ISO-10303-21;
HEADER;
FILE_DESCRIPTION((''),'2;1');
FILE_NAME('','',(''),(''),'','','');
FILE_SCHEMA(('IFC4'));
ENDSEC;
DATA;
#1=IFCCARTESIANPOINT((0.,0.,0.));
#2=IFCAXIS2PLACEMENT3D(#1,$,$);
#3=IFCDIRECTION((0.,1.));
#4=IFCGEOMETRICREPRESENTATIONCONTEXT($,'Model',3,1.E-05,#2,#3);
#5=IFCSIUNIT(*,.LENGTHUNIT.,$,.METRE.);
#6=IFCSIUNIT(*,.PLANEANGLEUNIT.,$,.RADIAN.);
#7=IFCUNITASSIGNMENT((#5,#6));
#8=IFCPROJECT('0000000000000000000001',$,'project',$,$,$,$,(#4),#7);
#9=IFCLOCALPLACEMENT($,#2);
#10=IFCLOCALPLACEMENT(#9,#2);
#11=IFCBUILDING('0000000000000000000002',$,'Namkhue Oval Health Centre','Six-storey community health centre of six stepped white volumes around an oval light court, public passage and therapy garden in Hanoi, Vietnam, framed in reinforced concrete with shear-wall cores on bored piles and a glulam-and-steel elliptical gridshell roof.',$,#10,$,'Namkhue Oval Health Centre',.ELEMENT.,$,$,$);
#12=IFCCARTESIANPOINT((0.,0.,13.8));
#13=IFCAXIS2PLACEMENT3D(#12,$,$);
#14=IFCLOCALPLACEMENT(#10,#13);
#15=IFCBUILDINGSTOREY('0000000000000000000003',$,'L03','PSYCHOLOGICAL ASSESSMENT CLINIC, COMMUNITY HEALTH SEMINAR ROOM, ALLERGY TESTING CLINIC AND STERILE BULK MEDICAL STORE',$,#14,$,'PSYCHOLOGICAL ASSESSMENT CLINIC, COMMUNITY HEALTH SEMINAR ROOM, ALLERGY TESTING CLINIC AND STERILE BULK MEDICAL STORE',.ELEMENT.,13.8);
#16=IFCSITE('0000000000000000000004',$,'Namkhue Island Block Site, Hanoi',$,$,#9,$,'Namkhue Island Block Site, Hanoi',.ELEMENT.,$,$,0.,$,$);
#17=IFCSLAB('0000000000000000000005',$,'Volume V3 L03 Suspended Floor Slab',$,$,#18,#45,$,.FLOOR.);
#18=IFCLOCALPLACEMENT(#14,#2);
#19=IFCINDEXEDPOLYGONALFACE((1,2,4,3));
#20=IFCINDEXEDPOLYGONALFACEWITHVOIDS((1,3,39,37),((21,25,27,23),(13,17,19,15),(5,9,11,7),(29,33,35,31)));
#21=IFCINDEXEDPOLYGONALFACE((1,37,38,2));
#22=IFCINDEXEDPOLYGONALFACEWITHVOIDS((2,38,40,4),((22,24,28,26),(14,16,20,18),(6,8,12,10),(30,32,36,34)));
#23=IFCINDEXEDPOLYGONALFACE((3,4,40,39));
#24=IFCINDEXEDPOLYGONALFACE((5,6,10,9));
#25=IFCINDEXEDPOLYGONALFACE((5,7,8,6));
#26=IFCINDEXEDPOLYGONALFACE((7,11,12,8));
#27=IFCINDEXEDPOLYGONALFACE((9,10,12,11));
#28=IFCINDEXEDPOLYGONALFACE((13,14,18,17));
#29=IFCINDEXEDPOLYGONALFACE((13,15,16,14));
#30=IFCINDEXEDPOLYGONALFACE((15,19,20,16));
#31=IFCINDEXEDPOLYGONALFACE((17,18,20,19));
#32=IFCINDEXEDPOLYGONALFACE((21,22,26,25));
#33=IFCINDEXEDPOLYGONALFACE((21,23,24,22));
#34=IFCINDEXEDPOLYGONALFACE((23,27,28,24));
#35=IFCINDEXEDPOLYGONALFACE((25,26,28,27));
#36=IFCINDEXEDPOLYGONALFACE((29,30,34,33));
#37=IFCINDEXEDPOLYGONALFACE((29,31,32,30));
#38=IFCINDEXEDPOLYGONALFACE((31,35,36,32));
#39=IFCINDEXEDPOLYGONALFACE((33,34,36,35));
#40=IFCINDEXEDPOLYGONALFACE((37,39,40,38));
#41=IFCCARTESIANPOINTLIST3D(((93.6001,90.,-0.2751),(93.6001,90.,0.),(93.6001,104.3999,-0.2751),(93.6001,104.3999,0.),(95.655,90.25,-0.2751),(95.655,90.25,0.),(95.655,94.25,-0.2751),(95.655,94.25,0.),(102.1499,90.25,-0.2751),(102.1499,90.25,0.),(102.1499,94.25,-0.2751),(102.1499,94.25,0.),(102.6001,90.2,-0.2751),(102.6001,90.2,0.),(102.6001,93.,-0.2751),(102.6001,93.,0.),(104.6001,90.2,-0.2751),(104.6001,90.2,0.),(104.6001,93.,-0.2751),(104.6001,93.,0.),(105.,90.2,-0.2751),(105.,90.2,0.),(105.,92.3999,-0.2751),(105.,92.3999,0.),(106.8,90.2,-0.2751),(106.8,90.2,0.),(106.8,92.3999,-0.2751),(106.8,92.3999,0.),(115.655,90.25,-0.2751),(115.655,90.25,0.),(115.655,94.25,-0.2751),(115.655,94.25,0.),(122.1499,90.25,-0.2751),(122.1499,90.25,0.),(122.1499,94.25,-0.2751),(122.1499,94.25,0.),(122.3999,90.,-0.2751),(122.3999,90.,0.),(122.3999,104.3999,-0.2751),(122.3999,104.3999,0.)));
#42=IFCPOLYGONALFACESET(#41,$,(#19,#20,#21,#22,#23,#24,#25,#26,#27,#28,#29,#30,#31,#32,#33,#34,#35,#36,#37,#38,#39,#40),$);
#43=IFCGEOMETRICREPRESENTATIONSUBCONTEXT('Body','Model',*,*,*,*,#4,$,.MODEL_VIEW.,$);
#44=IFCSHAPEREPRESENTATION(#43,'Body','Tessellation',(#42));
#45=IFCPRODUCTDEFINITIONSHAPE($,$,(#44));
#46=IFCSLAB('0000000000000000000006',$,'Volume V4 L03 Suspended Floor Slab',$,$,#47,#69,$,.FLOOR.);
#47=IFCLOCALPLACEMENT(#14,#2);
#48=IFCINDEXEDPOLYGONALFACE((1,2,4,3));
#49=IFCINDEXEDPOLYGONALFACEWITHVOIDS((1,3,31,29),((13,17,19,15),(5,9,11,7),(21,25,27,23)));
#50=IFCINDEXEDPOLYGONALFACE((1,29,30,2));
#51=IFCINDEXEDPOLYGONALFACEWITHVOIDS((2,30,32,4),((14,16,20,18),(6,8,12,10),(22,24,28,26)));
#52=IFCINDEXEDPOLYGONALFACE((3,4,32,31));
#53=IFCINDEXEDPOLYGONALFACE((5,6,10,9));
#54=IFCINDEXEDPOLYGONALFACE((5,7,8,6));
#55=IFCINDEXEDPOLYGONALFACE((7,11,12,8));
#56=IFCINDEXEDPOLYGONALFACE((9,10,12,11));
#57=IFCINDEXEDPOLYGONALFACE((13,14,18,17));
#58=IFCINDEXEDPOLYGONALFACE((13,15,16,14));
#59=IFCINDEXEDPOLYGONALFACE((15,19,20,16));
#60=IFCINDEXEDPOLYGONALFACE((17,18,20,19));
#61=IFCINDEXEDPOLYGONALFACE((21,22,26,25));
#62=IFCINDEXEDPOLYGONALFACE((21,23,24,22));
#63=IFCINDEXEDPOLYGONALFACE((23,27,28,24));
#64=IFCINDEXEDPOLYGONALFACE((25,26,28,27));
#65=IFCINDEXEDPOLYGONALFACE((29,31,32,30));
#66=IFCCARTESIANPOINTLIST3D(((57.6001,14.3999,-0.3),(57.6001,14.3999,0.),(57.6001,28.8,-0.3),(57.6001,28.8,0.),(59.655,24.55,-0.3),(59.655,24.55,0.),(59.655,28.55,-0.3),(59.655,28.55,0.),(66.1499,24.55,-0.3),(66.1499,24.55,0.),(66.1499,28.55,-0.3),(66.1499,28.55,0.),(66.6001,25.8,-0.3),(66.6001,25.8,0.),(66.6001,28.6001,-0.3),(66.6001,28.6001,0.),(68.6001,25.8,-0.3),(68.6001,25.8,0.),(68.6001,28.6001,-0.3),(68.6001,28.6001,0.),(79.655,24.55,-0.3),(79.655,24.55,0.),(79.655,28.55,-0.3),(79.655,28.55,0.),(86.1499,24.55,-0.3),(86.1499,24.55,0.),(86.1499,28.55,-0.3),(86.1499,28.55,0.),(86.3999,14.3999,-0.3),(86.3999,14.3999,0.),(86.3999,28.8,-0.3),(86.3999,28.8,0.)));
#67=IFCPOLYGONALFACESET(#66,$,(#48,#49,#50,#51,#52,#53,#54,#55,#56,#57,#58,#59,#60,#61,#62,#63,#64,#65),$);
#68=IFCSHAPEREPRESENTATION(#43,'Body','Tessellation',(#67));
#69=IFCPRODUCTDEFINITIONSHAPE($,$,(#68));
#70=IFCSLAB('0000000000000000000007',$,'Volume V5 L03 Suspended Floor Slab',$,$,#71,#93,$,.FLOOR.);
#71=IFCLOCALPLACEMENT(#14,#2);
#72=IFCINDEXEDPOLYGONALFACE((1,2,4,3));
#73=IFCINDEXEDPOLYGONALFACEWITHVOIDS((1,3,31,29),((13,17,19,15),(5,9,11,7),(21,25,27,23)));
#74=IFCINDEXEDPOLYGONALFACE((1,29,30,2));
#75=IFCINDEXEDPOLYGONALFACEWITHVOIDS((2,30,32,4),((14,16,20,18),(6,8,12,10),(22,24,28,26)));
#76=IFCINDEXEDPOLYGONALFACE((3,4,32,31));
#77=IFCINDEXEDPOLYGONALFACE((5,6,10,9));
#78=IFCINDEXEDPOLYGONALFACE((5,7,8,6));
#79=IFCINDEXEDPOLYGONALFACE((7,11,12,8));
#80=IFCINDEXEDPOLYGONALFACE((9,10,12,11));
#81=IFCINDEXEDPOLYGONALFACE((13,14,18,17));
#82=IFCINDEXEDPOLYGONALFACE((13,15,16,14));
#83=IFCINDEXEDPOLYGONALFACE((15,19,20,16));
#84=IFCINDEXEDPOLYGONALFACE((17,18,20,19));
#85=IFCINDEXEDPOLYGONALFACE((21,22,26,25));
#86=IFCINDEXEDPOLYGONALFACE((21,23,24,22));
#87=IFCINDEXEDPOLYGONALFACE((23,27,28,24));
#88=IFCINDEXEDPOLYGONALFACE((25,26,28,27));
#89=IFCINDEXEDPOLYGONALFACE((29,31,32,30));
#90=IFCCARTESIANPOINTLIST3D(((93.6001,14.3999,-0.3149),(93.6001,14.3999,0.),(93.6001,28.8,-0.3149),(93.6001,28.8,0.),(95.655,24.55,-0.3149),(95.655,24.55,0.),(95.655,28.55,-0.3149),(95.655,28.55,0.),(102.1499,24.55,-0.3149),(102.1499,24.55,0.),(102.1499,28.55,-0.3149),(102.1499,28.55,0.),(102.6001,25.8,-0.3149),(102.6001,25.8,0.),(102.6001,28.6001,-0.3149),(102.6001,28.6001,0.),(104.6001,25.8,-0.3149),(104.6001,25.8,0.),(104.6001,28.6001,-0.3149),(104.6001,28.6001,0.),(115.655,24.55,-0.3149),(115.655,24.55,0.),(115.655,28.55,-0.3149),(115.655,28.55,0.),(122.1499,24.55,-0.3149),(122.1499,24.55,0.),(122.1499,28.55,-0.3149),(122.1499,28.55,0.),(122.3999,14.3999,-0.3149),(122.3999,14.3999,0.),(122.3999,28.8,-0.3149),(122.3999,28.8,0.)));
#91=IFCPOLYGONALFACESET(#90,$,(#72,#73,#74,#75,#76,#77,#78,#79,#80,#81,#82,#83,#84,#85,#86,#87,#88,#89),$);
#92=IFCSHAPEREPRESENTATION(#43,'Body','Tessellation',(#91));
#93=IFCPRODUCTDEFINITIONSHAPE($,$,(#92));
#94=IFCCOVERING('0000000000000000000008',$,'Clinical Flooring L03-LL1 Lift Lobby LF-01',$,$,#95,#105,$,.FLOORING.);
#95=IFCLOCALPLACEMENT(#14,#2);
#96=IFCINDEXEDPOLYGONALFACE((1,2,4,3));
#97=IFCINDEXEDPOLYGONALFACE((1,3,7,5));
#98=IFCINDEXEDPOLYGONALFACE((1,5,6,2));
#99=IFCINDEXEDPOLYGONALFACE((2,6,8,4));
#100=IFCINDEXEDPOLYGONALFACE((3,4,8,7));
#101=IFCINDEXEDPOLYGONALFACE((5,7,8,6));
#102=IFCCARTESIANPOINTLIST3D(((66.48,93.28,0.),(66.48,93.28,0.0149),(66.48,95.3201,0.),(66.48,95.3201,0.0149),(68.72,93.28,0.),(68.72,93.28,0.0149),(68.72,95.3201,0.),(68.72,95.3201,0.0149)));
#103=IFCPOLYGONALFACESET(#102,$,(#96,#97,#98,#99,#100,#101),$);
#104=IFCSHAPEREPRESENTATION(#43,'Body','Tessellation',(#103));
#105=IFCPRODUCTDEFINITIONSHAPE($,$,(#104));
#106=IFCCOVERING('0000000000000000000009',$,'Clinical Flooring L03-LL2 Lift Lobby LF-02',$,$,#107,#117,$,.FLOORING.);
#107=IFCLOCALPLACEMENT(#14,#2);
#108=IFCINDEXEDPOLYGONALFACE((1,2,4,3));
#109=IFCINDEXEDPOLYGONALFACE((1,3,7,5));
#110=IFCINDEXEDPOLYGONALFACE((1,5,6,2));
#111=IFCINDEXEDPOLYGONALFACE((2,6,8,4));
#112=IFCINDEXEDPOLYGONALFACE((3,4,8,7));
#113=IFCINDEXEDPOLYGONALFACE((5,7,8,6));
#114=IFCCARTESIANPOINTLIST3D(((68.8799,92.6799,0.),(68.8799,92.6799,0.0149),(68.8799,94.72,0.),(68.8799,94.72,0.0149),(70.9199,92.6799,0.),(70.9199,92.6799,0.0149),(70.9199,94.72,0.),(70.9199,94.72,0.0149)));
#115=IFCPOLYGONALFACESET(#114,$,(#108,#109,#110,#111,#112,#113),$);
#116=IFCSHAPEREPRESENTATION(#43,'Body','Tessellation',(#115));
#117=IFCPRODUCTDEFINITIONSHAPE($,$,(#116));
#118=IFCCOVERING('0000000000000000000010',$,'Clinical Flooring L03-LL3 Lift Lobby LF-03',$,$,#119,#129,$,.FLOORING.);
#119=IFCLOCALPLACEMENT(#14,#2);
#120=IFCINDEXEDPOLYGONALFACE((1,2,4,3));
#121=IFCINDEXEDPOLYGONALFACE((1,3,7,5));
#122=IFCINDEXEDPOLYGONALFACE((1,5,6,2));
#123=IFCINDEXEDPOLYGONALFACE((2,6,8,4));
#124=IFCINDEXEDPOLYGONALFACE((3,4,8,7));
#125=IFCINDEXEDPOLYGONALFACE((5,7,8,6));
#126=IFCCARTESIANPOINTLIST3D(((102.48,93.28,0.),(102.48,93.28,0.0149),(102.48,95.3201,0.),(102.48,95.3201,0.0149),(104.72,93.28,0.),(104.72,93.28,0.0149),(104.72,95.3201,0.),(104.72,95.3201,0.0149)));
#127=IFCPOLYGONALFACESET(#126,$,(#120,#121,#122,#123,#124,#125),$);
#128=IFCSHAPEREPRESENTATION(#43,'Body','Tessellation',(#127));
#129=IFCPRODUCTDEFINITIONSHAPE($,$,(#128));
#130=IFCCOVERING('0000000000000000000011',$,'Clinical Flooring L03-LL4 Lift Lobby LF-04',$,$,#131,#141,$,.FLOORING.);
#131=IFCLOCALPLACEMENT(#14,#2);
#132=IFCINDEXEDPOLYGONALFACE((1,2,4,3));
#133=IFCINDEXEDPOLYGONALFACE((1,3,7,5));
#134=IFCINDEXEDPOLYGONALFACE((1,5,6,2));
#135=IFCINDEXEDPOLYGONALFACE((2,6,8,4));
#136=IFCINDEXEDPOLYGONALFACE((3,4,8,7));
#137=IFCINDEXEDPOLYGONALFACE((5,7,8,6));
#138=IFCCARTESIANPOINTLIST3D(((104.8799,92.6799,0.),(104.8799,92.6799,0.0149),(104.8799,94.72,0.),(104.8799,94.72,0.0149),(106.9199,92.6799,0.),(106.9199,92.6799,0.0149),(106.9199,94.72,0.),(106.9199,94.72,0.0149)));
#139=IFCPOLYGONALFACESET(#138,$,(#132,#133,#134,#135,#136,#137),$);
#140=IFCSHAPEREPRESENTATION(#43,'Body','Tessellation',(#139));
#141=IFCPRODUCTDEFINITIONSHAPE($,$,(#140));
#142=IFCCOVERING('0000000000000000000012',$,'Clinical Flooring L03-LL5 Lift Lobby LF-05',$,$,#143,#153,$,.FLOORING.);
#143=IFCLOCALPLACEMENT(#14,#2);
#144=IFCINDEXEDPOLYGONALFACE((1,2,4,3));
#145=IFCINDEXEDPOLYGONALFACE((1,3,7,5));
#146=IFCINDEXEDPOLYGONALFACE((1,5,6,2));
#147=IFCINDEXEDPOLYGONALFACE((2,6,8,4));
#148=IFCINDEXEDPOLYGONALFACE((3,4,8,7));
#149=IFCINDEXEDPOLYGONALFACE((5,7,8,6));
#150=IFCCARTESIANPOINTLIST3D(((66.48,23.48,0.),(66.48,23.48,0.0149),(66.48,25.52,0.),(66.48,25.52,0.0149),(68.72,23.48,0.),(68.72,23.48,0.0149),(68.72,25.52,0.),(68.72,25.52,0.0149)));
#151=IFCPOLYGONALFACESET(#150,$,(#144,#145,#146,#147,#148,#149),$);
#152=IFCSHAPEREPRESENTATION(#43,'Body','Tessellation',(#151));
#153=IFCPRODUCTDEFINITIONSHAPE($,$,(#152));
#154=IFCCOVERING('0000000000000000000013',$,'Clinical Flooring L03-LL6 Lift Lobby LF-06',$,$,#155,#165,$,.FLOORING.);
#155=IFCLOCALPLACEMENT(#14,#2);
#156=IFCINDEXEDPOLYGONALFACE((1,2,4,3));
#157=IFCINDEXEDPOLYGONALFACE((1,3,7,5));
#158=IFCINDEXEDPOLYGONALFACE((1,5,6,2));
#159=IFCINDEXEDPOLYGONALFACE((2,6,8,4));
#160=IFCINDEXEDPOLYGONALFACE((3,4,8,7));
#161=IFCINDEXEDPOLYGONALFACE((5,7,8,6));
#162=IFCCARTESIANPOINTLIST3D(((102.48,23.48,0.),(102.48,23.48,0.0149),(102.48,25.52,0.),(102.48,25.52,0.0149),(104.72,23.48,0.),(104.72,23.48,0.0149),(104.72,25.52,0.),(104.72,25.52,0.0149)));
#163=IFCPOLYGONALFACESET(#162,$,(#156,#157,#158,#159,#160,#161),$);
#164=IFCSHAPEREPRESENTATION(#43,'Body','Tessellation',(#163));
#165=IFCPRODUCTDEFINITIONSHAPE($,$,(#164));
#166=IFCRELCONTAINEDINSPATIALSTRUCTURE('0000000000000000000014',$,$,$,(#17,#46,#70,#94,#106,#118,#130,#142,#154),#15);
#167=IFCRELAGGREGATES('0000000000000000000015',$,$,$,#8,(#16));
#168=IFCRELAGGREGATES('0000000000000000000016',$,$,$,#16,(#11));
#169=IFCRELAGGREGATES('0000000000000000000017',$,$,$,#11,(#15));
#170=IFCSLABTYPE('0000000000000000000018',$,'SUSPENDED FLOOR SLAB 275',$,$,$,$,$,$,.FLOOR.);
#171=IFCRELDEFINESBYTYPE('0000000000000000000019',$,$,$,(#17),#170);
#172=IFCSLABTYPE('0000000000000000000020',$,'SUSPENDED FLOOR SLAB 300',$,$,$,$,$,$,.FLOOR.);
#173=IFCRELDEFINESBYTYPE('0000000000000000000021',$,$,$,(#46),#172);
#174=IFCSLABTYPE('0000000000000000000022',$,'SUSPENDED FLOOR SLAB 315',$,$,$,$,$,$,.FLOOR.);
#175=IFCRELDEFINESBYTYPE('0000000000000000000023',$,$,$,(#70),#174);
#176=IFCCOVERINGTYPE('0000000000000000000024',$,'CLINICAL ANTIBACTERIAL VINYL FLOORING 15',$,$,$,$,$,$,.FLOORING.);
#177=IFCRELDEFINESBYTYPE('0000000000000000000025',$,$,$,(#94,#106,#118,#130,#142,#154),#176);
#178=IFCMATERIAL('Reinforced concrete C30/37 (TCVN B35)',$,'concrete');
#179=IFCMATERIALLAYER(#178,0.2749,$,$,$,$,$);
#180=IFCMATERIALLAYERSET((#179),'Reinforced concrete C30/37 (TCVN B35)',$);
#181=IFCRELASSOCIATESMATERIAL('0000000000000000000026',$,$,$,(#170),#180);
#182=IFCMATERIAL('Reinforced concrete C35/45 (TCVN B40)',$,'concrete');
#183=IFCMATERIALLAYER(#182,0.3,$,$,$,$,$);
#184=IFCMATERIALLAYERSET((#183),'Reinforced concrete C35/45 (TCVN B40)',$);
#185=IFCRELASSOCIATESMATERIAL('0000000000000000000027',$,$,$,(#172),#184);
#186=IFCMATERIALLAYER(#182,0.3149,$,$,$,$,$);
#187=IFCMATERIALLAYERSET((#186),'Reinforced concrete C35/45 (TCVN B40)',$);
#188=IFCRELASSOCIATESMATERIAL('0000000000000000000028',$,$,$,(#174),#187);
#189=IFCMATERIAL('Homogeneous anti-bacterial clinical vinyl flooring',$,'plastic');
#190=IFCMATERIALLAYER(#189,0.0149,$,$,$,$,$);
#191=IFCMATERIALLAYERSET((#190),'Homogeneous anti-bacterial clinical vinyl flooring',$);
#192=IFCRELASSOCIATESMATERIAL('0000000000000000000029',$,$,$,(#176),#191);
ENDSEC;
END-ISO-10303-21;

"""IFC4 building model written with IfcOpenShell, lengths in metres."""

from ifc_helpers import new_model, si_unit, direction, frame, origin, place, context, subcontext, project, spatial, polyline, outline, extrude, material, layer, layer_set, type_object, element, save


model = new_model("IFC4")

# Units and contexts
model_context = context("Model", 3, precision=1e-05, world=origin(), true_north=direction((0.0, 1.0)))
body_context = subcontext(model_context, "Body", "Model", "MODEL_VIEW")
ifc_project = project(units=[si_unit("LENGTHUNIT", "METRE"), si_unit("PLANEANGLEUNIT", "RADIAN")], contexts=[model_context])

# Site, building, storey
site_placement = place(None, origin())
site = spatial("IfcSite", under=ifc_project, at=site_placement, Name="Namkhue Island Block Site, Hanoi", LongName="Namkhue Island Block Site, Hanoi", CompositionType="ELEMENT", RefElevation=0.0)
building_placement = place(site_placement, origin())
building = spatial("IfcBuilding", under=site, at=building_placement, Name="Namkhue Oval Health Centre", Description="Six-storey community health centre of six stepped white volumes around an oval light court, public passage and therapy garden in Hanoi, Vietnam, framed in reinforced concrete with shear-wall cores on bored piles and a glulam-and-steel elliptical gridshell roof.", LongName="Namkhue Oval Health Centre", CompositionType="ELEMENT")
storey_placement = place(building_placement, frame((0.0, 0.0, 13.8)))
storey = spatial("IfcBuildingStorey", under=building, at=storey_placement, Name="L03", Description="PSYCHOLOGICAL ASSESSMENT CLINIC, COMMUNITY HEALTH SEMINAR ROOM, ALLERGY TESTING CLINIC AND STERILE BULK MEDICAL STORE", LongName="PSYCHOLOGICAL ASSESSMENT CLINIC, COMMUNITY HEALTH SEMINAR ROOM, ALLERGY TESTING CLINIC AND STERILE BULK MEDICAL STORE", CompositionType="ELEMENT", Elevation=13.8)

# Shared definitions
ifc_material_1 = material(Name="Reinforced concrete C30/37 (TCVN B35)", Category="concrete")

# Slabs
ifc_layer_1 = layer(ifc_material_1, 0.2749)
ifc_layer_set_1 = layer_set([ifc_layer_1], Name="Reinforced concrete C30/37 (TCVN B35)")
slab_type_1 = type_object("IfcSlabType", Name="SUSPENDED FLOOR SLAB 275", PredefinedType="FLOOR", material=ifc_layer_set_1)
slab_1_placement = place(storey_placement, frame((0.0, 0.0, -0.2751)))
element("IfcSlab", 1, at=slab_1_placement, inside=storey, type_object=slab_type_1, Name="Volume V3 L03 Suspended Floor Slab", PredefinedType="FLOOR", context=body_context, shape_type="SweptSolid", body=[
    extrude(outline(polyline([(93.6001, 90.0), (122.3999, 90.0), (122.3999, 104.3999), (93.6001, 104.3999), (93.6001, 90.0)]), holes=[polyline([(95.655, 90.25), (102.1499, 90.25), (102.1499, 94.25), (95.655, 94.25), (95.655, 90.25)]), polyline([(115.655, 90.25), (122.1499, 90.25), (122.1499, 94.25), (115.655, 94.25), (115.655, 90.25)]), polyline([(102.6001, 90.2), (104.6001, 90.2), (104.6001, 93.0), (102.6001, 93.0), (102.6001, 90.2)]), polyline([(105.0, 90.2), (106.8, 90.2), (106.8, 92.3999), (105.0, 92.3999), (105.0, 90.2)])]), origin(), (0.0, 0.0, 1.0), 0.2751),
])
ifc_material_2 = material(Name="Reinforced concrete C35/45 (TCVN B40)", Category="concrete")
ifc_layer_2 = layer(ifc_material_2, 0.3)
ifc_layer_set_2 = layer_set([ifc_layer_2], Name="Reinforced concrete C35/45 (TCVN B40)")
slab_type_2 = type_object("IfcSlabType", Name="SUSPENDED FLOOR SLAB 300", PredefinedType="FLOOR", material=ifc_layer_set_2)
slab_2_placement = place(storey_placement, frame((0.0, 0.0, -0.3)))
element("IfcSlab", 2, at=slab_2_placement, inside=storey, type_object=slab_type_2, Name="Volume V4 L03 Suspended Floor Slab", PredefinedType="FLOOR", context=body_context, shape_type="SweptSolid", body=[
    extrude(outline(polyline([(57.6001, 14.3999), (86.3999, 14.3999), (86.3999, 28.8), (57.6001, 28.8), (57.6001, 14.3999)]), holes=[polyline([(59.655, 24.55), (66.1499, 24.55), (66.1499, 28.55), (59.655, 28.55), (59.655, 24.55)]), polyline([(79.655, 24.55), (86.1499, 24.55), (86.1499, 28.55), (79.655, 28.55), (79.655, 24.55)]), polyline([(66.6001, 25.8), (68.6001, 25.8), (68.6001, 28.6001), (66.6001, 28.6001), (66.6001, 25.8)])]), origin(), (0.0, 0.0, 1.0), 0.3),
])
ifc_layer_3 = layer(ifc_material_2, 0.3149)
ifc_layer_set_3 = layer_set([ifc_layer_3], Name="Reinforced concrete C35/45 (TCVN B40)")
slab_type_3 = type_object("IfcSlabType", Name="SUSPENDED FLOOR SLAB 315", PredefinedType="FLOOR", material=ifc_layer_set_3)
slab_3_placement = place(storey_placement, frame((0.0, 0.0, -0.3149)))
element("IfcSlab", 3, at=slab_3_placement, inside=storey, type_object=slab_type_3, Name="Volume V5 L03 Suspended Floor Slab", PredefinedType="FLOOR", context=body_context, shape_type="SweptSolid", body=[
    extrude(outline(polyline([(93.6001, 14.3999), (122.3999, 14.3999), (122.3999, 28.8), (93.6001, 28.8), (93.6001, 14.3999)]), holes=[polyline([(95.655, 24.55), (102.1499, 24.55), (102.1499, 28.55), (95.655, 28.55), (95.655, 24.55)]), polyline([(115.655, 24.55), (122.1499, 24.55), (122.1499, 28.55), (115.655, 28.55), (115.655, 24.55)]), polyline([(102.6001, 25.8), (104.6001, 25.8), (104.6001, 28.6001), (102.6001, 28.6001), (102.6001, 25.8)])]), origin(), (0.0, 0.0, 1.0), 0.3149),
])

# Coverings
ifc_material_3 = material(Name="Homogeneous anti-bacterial clinical vinyl flooring", Category="plastic")
ifc_layer_4 = layer(ifc_material_3, 0.0149)
ifc_layer_set_4 = layer_set([ifc_layer_4], Name="Homogeneous anti-bacterial clinical vinyl flooring")
covering_type = type_object("IfcCoveringType", Name="CLINICAL ANTIBACTERIAL VINYL FLOORING 15", PredefinedType="FLOORING", material=ifc_layer_set_4)
covering_1_placement = place(storey_placement, origin())
element("IfcCovering", 4, at=covering_1_placement, inside=storey, type_object=covering_type, Name="Clinical Flooring L03-LL1 Lift Lobby LF-01", PredefinedType="FLOORING", context=body_context, shape_type="SweptSolid", body=[
    extrude(outline(polyline([(66.48, 93.28), (66.48, 95.3201), (68.72, 95.3201), (68.72, 93.28), (66.48, 93.28)])), origin(), (0.0, 0.0, 1.0), 0.0149),
])
covering_2_placement = place(storey_placement, origin())
element("IfcCovering", 5, at=covering_2_placement, inside=storey, type_object=covering_type, Name="Clinical Flooring L03-LL2 Lift Lobby LF-02", PredefinedType="FLOORING", context=body_context, shape_type="SweptSolid", body=[
    extrude(outline(polyline([(68.8799, 92.6799), (68.8799, 94.72), (70.9199, 94.72), (70.9199, 92.6799), (68.8799, 92.6799)])), origin(), (0.0, 0.0, 1.0), 0.0149),
])
covering_3_placement = place(storey_placement, origin())
element("IfcCovering", 6, at=covering_3_placement, inside=storey, type_object=covering_type, Name="Clinical Flooring L03-LL3 Lift Lobby LF-03", PredefinedType="FLOORING", context=body_context, shape_type="SweptSolid", body=[
    extrude(outline(polyline([(102.48, 93.28), (102.48, 95.3201), (104.72, 95.3201), (104.72, 93.28), (102.48, 93.28)])), origin(), (0.0, 0.0, 1.0), 0.0149),
])
covering_4_placement = place(storey_placement, origin())
element("IfcCovering", 7, at=covering_4_placement, inside=storey, type_object=covering_type, Name="Clinical Flooring L03-LL4 Lift Lobby LF-04", PredefinedType="FLOORING", context=body_context, shape_type="SweptSolid", body=[
    extrude(outline(polyline([(104.8799, 92.6799), (104.8799, 94.72), (106.9199, 94.72), (106.9199, 92.6799), (104.8799, 92.6799)])), origin(), (0.0, 0.0, 1.0), 0.0149),
])
covering_5_placement = place(storey_placement, origin())
element("IfcCovering", 8, at=covering_5_placement, inside=storey, type_object=covering_type, Name="Clinical Flooring L03-LL5 Lift Lobby LF-05", PredefinedType="FLOORING", context=body_context, shape_type="SweptSolid", body=[
    extrude(outline(polyline([(66.48, 23.48), (66.48, 25.52), (68.72, 25.52), (68.72, 23.48), (66.48, 23.48)])), origin(), (0.0, 0.0, 1.0), 0.0149),
])
covering_6_placement = place(storey_placement, origin())
element("IfcCovering", 9, at=covering_6_placement, inside=storey, type_object=covering_type, Name="Clinical Flooring L03-LL6 Lift Lobby LF-06", PredefinedType="FLOORING", context=body_context, shape_type="SweptSolid", body=[
    extrude(outline(polyline([(102.48, 23.48), (102.48, 25.52), (104.72, 25.52), (104.72, 23.48), (102.48, 23.48)])), origin(), (0.0, 0.0, 1.0), 0.0149),
])

save(model, "model.ifc")
